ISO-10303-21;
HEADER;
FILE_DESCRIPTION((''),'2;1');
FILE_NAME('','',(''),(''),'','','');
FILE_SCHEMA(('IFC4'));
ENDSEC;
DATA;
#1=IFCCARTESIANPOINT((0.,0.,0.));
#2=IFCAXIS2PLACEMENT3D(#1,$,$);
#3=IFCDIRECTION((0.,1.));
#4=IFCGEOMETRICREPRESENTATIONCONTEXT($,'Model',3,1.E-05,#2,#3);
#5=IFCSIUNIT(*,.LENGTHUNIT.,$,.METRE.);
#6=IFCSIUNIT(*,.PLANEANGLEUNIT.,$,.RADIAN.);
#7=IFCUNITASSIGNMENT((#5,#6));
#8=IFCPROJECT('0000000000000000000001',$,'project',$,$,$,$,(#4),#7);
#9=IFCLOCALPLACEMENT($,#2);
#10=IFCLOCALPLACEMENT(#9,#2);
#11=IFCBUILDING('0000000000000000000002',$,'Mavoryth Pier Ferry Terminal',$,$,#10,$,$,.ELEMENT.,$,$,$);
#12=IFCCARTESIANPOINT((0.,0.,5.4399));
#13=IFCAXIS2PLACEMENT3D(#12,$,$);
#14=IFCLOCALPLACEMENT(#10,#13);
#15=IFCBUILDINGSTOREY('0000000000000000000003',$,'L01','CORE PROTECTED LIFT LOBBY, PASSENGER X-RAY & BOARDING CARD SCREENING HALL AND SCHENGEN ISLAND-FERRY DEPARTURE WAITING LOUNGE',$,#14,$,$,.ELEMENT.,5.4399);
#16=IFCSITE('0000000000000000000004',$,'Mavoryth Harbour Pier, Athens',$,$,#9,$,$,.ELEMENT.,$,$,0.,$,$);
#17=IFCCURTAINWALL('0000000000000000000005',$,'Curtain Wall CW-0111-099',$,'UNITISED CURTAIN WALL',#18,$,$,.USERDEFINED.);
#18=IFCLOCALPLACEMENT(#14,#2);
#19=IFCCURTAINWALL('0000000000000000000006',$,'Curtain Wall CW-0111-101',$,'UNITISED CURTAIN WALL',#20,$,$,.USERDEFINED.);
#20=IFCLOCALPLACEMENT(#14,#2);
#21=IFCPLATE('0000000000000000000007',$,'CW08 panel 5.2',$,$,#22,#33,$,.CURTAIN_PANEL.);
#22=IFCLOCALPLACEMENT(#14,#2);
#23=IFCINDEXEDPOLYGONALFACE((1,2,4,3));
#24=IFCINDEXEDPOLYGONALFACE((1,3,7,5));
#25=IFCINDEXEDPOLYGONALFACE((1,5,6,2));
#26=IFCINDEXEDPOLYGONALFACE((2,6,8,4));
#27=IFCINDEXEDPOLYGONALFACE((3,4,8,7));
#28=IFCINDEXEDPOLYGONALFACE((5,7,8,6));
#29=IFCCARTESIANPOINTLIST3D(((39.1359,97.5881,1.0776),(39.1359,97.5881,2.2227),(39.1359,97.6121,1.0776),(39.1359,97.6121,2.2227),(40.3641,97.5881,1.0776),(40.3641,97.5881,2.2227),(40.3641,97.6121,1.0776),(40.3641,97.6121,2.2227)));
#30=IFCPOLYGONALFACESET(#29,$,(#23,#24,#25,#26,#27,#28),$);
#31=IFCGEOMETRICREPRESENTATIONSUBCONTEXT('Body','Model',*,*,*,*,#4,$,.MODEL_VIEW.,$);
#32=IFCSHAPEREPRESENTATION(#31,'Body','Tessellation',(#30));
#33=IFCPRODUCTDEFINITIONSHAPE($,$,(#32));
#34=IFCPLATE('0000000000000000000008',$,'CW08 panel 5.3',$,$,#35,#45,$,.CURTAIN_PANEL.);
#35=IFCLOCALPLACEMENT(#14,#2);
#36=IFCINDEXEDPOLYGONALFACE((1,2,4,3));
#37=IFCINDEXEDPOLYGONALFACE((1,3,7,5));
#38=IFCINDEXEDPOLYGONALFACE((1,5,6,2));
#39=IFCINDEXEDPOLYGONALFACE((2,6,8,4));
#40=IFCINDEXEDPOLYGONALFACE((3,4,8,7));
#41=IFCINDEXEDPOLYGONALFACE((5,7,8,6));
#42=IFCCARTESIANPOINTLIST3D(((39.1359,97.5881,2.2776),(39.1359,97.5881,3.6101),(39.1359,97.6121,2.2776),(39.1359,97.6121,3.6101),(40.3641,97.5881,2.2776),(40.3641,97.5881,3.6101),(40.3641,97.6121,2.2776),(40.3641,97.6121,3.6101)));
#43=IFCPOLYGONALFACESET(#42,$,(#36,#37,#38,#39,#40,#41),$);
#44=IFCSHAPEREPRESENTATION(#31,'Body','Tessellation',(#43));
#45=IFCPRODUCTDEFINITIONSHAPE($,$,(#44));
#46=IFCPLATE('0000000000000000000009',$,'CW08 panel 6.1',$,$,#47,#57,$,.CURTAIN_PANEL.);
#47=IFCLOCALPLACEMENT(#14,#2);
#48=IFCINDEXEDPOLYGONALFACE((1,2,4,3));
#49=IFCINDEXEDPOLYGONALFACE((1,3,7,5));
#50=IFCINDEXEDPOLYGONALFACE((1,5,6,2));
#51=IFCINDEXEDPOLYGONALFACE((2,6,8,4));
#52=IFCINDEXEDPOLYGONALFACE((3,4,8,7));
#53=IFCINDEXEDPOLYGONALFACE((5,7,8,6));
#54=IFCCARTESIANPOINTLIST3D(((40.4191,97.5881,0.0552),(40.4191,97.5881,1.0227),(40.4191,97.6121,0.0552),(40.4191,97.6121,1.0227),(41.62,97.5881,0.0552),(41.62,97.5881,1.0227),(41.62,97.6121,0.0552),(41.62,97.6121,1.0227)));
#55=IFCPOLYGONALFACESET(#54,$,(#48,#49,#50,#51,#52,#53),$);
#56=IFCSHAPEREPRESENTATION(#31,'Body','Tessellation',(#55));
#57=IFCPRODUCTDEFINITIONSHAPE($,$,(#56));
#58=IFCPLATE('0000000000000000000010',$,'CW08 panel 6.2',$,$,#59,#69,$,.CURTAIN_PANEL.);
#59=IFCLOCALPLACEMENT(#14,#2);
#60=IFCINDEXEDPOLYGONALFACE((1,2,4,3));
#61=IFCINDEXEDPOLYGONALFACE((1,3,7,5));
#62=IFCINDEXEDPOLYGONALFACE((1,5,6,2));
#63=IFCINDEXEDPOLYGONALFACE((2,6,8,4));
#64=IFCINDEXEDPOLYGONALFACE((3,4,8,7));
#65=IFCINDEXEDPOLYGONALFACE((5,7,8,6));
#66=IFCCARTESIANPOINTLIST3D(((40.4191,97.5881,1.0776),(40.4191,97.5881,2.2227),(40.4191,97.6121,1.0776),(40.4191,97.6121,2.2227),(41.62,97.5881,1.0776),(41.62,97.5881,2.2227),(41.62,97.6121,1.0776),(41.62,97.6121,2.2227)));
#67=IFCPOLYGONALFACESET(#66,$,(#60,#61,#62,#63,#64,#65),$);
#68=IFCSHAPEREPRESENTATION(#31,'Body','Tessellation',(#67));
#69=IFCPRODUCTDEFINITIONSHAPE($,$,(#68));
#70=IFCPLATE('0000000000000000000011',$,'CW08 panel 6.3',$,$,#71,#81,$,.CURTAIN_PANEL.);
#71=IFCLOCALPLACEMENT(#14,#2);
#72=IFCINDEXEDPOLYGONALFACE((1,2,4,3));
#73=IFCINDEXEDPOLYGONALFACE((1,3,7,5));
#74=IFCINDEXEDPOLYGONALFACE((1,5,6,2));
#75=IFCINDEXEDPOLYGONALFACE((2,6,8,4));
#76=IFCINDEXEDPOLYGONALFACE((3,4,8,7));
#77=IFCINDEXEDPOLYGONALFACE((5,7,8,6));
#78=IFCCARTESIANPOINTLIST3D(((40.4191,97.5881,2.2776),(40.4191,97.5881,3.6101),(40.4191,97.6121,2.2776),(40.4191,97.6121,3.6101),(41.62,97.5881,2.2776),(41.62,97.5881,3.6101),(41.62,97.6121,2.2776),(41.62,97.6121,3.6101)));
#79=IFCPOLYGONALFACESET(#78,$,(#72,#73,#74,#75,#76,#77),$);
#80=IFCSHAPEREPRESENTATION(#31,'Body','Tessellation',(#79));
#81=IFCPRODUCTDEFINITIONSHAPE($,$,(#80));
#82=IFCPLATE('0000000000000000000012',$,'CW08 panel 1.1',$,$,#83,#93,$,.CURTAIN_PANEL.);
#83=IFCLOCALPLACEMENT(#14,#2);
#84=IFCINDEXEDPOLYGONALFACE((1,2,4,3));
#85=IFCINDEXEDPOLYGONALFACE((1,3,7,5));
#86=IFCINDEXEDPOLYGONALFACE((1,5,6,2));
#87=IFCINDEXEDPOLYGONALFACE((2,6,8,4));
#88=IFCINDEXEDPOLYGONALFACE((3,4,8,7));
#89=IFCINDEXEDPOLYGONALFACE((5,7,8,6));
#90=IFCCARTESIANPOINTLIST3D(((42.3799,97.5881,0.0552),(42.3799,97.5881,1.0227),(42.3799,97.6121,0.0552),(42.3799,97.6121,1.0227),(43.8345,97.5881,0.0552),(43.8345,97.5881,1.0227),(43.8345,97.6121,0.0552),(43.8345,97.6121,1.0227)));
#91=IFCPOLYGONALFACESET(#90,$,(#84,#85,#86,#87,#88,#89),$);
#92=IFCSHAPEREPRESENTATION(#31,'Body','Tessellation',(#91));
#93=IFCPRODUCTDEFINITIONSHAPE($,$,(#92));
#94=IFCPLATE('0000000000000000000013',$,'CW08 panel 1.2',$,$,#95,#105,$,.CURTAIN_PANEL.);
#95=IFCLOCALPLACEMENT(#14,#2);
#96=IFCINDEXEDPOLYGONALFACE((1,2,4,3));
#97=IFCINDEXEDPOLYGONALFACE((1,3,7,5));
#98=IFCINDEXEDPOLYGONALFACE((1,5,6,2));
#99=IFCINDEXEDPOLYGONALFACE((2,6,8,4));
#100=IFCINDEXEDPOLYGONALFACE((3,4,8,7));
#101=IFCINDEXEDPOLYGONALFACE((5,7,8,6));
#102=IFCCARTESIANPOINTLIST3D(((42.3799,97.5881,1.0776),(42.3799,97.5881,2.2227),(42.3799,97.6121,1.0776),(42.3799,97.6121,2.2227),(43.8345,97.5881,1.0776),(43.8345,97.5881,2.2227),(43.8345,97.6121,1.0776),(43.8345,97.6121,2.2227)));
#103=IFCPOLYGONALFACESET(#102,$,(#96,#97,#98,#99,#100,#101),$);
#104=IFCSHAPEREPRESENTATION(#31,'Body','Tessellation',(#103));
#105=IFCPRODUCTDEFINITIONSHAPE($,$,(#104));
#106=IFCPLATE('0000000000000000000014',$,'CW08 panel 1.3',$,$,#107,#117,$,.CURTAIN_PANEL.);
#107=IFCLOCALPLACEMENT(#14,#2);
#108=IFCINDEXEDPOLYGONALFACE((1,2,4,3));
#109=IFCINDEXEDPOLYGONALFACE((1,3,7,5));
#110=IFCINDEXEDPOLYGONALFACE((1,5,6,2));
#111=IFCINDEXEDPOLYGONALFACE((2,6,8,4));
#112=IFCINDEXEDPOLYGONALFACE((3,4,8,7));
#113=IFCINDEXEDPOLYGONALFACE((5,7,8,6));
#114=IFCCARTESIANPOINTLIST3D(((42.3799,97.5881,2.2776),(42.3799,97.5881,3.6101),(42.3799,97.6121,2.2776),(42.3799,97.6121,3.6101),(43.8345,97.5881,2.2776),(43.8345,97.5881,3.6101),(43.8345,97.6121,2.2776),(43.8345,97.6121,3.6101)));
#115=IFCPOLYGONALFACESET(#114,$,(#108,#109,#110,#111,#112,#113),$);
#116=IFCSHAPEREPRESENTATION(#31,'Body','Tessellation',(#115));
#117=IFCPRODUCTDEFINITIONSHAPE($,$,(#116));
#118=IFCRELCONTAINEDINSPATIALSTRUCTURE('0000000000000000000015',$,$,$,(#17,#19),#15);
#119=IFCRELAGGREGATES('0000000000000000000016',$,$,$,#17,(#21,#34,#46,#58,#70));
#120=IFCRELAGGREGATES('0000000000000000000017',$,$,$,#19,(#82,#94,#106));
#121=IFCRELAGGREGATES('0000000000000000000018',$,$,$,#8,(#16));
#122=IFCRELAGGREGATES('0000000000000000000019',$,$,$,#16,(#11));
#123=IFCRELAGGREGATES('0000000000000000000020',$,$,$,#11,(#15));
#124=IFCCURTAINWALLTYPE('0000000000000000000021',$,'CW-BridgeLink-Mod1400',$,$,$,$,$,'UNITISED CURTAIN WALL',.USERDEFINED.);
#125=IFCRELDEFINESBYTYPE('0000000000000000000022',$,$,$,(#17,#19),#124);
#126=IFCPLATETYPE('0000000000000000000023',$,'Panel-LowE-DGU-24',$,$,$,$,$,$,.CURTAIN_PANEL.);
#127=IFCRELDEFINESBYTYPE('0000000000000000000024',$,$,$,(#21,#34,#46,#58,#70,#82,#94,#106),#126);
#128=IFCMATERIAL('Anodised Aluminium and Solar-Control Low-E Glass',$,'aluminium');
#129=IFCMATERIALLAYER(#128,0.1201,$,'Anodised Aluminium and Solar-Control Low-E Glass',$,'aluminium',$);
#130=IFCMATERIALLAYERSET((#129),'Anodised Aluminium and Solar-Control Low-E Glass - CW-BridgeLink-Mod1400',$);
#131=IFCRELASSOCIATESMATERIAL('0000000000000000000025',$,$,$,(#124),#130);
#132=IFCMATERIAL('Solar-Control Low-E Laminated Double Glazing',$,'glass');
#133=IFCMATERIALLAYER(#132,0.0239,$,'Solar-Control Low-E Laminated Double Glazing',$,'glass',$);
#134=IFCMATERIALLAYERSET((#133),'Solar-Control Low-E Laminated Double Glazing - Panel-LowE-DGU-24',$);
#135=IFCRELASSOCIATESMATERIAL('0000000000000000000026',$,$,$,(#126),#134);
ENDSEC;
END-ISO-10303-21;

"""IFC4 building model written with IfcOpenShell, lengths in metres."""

from ifc_helpers import new_model, si_unit, direction, frame, origin, origin_2d, place, context, subcontext, project, spatial, rectangle, extrude, material, layer, layer_set, type_object, element, aggregate, save


model = new_model("IFC4")

# Units and contexts
model_context = context("Model", 3, precision=1e-05, world=origin(), true_north=direction((0.0, 1.0)))
body_context = subcontext(model_context, "Body", "Model", "MODEL_VIEW")
ifc_project = project(units=[si_unit("LENGTHUNIT", "METRE"), si_unit("PLANEANGLEUNIT", "RADIAN")], contexts=[model_context])

# Site, building, storey
site_placement = place(None, origin())
site = spatial("IfcSite", under=ifc_project, at=site_placement, Name="Mavoryth Harbour Pier, Athens", CompositionType="ELEMENT", RefElevation=0.0)
building_placement = place(site_placement, origin())
building = spatial("IfcBuilding", under=site, at=building_placement, Name="Mavoryth Pier Ferry Terminal", CompositionType="ELEMENT")
storey_placement = place(building_placement, frame((0.0, 0.0, 5.4399)))
storey = spatial("IfcBuildingStorey", under=building, at=storey_placement, Name="L01", Description="CORE PROTECTED LIFT LOBBY, PASSENGER X-RAY & BOARDING CARD SCREENING HALL AND SCHENGEN ISLAND-FERRY DEPARTURE WAITING LOUNGE", CompositionType="ELEMENT", Elevation=5.4399)

# Curtain walls
ifc_material_1 = material(Name="Anodised Aluminium and Solar-Control Low-E Glass", Category="aluminium")
ifc_layer_1 = layer(ifc_material_1, 0.1201, Name="Anodised Aluminium and Solar-Control Low-E Glass", Category="aluminium")
ifc_layer_set_1 = layer_set([ifc_layer_1], Name="Anodised Aluminium and Solar-Control Low-E Glass - CW-BridgeLink-Mod1400")
curtain_wall_type = type_object("IfcCurtainWallType", Name="CW-BridgeLink-Mod1400", ElementType="UNITISED CURTAIN WALL", PredefinedType="USERDEFINED", material=ifc_layer_set_1)
curtain_wall_1_placement = place(storey_placement, origin())
curtain_wall_1 = element("IfcCurtainWall", 1, at=curtain_wall_1_placement, inside=storey, type_object=curtain_wall_type, Name="Curtain Wall CW-0111-099", ObjectType="UNITISED CURTAIN WALL", PredefinedType="USERDEFINED")
curtain_wall_2_placement = place(storey_placement, origin())
curtain_wall_2 = element("IfcCurtainWall", 2, at=curtain_wall_2_placement, inside=storey, type_object=curtain_wall_type, Name="Curtain Wall CW-0111-101", ObjectType="UNITISED CURTAIN WALL", PredefinedType="USERDEFINED")

# Plates
ifc_material_2 = material(Name="Solar-Control Low-E Laminated Double Glazing", Category="glass")
ifc_layer_2 = layer(ifc_material_2, 0.0239, Name="Solar-Control Low-E Laminated Double Glazing", Category="glass")
ifc_layer_set_2 = layer_set([ifc_layer_2], Name="Solar-Control Low-E Laminated Double Glazing - Panel-LowE-DGU-24")
plate_type = type_object("IfcPlateType", Name="Panel-LowE-DGU-24", PredefinedType="CURTAIN_PANEL", material=ifc_layer_set_2)
plate_1_placement = place(storey_placement, frame((39.75, 97.6001, 1.0776), z_axis=(0.0, 0.0, 1.0), x_axis=(1.0, 0.0, 0.0)))
plate_1 = element("IfcPlate", 3, at=plate_1_placement, type_object=plate_type, Name="CW08 panel 5.2", PredefinedType="CURTAIN_PANEL", context=body_context, shape_type="SweptSolid", body=[
    extrude(rectangle(XDim=1.2283, YDim=0.0239, at=origin_2d()), origin(), (0.0, 0.0, 1.0), 1.145),
])
plate_2_placement = place(storey_placement, frame((39.75, 97.6001, 2.2776), z_axis=(0.0, 0.0, 1.0), x_axis=(1.0, 0.0, 0.0)))
plate_2 = element("IfcPlate", 4, at=plate_2_placement, type_object=plate_type, Name="CW08 panel 5.3", PredefinedType="CURTAIN_PANEL", context=body_context, shape_type="SweptSolid", body=[
    extrude(rectangle(XDim=1.2283, YDim=0.0239, at=origin_2d()), origin(), (0.0, 0.0, 1.0), 1.3325),
])
plate_3_placement = place(storey_placement, frame((41.0195, 97.6001, 0.0552), z_axis=(0.0, 0.0, 1.0), x_axis=(1.0, 0.0, 0.0)))
plate_3 = element("IfcPlate", 5, at=plate_3_placement, type_object=plate_type, Name="CW08 panel 6.1", PredefinedType="CURTAIN_PANEL", context=body_context, shape_type="SweptSolid", body=[
    extrude(rectangle(XDim=1.2009, YDim=0.0239, at=origin_2d()), origin(), (0.0, 0.0, 1.0), 0.9675),
])
plate_4_placement = place(storey_placement, frame((41.0195, 97.6001, 1.0776), z_axis=(0.0, 0.0, 1.0), x_axis=(1.0, 0.0, 0.0)))
plate_4 = element("IfcPlate", 6, at=plate_4_placement, type_object=plate_type, Name="CW08 panel 6.2", PredefinedType="CURTAIN_PANEL", context=body_context, shape_type="SweptSolid", body=[
    extrude(rectangle(XDim=1.2009, YDim=0.0239, at=origin_2d()), origin(), (0.0, 0.0, 1.0), 1.145),
])
plate_5_placement = place(storey_placement, frame((41.0195, 97.6001, 2.2776), z_axis=(0.0, 0.0, 1.0), x_axis=(1.0, 0.0, 0.0)))
plate_5 = element("IfcPlate", 7, at=plate_5_placement, type_object=plate_type, Name="CW08 panel 6.3", PredefinedType="CURTAIN_PANEL", context=body_context, shape_type="SweptSolid", body=[
    extrude(rectangle(XDim=1.2009, YDim=0.0239, at=origin_2d()), origin(), (0.0, 0.0, 1.0), 1.3325),
])
aggregate(curtain_wall_1, [plate_1, plate_2, plate_3, plate_4, plate_5])
plate_6_placement = place(storey_placement, frame((43.1072, 97.6001, 0.0552), z_axis=(0.0, 0.0, 1.0), x_axis=(1.0, 0.0, 0.0)))
plate_6 = element("IfcPlate", 8, at=plate_6_placement, type_object=plate_type, Name="CW08 panel 1.1", PredefinedType="CURTAIN_PANEL", context=body_context, shape_type="SweptSolid", body=[
    extrude(rectangle(XDim=1.4546, YDim=0.0239, at=origin_2d()), origin(), (0.0, 0.0, 1.0), 0.9675),
])
plate_7_placement = place(storey_placement, frame((43.1072, 97.6001, 1.0776), z_axis=(0.0, 0.0, 1.0), x_axis=(1.0, 0.0, 0.0)))
plate_7 = element("IfcPlate", 9, at=plate_7_placement, type_object=plate_type, Name="CW08 panel 1.2", PredefinedType="CURTAIN_PANEL", context=body_context, shape_type="SweptSolid", body=[
    extrude(rectangle(XDim=1.4546, YDim=0.0239, at=origin_2d()), origin(), (0.0, 0.0, 1.0), 1.145),
])
plate_8_placement = place(storey_placement, frame((43.1072, 97.6001, 2.2776), z_axis=(0.0, 0.0, 1.0), x_axis=(1.0, 0.0, 0.0)))
plate_8 = element("IfcPlate", 10, at=plate_8_placement, type_object=plate_type, Name="CW08 panel 1.3", PredefinedType="CURTAIN_PANEL", context=body_context, shape_type="SweptSolid", body=[
    extrude(rectangle(XDim=1.4546, YDim=0.0239, at=origin_2d()), origin(), (0.0, 0.0, 1.0), 1.3325),
])
aggregate(curtain_wall_2, [plate_6, plate_7, plate_8])

save(model, "model.ifc")
